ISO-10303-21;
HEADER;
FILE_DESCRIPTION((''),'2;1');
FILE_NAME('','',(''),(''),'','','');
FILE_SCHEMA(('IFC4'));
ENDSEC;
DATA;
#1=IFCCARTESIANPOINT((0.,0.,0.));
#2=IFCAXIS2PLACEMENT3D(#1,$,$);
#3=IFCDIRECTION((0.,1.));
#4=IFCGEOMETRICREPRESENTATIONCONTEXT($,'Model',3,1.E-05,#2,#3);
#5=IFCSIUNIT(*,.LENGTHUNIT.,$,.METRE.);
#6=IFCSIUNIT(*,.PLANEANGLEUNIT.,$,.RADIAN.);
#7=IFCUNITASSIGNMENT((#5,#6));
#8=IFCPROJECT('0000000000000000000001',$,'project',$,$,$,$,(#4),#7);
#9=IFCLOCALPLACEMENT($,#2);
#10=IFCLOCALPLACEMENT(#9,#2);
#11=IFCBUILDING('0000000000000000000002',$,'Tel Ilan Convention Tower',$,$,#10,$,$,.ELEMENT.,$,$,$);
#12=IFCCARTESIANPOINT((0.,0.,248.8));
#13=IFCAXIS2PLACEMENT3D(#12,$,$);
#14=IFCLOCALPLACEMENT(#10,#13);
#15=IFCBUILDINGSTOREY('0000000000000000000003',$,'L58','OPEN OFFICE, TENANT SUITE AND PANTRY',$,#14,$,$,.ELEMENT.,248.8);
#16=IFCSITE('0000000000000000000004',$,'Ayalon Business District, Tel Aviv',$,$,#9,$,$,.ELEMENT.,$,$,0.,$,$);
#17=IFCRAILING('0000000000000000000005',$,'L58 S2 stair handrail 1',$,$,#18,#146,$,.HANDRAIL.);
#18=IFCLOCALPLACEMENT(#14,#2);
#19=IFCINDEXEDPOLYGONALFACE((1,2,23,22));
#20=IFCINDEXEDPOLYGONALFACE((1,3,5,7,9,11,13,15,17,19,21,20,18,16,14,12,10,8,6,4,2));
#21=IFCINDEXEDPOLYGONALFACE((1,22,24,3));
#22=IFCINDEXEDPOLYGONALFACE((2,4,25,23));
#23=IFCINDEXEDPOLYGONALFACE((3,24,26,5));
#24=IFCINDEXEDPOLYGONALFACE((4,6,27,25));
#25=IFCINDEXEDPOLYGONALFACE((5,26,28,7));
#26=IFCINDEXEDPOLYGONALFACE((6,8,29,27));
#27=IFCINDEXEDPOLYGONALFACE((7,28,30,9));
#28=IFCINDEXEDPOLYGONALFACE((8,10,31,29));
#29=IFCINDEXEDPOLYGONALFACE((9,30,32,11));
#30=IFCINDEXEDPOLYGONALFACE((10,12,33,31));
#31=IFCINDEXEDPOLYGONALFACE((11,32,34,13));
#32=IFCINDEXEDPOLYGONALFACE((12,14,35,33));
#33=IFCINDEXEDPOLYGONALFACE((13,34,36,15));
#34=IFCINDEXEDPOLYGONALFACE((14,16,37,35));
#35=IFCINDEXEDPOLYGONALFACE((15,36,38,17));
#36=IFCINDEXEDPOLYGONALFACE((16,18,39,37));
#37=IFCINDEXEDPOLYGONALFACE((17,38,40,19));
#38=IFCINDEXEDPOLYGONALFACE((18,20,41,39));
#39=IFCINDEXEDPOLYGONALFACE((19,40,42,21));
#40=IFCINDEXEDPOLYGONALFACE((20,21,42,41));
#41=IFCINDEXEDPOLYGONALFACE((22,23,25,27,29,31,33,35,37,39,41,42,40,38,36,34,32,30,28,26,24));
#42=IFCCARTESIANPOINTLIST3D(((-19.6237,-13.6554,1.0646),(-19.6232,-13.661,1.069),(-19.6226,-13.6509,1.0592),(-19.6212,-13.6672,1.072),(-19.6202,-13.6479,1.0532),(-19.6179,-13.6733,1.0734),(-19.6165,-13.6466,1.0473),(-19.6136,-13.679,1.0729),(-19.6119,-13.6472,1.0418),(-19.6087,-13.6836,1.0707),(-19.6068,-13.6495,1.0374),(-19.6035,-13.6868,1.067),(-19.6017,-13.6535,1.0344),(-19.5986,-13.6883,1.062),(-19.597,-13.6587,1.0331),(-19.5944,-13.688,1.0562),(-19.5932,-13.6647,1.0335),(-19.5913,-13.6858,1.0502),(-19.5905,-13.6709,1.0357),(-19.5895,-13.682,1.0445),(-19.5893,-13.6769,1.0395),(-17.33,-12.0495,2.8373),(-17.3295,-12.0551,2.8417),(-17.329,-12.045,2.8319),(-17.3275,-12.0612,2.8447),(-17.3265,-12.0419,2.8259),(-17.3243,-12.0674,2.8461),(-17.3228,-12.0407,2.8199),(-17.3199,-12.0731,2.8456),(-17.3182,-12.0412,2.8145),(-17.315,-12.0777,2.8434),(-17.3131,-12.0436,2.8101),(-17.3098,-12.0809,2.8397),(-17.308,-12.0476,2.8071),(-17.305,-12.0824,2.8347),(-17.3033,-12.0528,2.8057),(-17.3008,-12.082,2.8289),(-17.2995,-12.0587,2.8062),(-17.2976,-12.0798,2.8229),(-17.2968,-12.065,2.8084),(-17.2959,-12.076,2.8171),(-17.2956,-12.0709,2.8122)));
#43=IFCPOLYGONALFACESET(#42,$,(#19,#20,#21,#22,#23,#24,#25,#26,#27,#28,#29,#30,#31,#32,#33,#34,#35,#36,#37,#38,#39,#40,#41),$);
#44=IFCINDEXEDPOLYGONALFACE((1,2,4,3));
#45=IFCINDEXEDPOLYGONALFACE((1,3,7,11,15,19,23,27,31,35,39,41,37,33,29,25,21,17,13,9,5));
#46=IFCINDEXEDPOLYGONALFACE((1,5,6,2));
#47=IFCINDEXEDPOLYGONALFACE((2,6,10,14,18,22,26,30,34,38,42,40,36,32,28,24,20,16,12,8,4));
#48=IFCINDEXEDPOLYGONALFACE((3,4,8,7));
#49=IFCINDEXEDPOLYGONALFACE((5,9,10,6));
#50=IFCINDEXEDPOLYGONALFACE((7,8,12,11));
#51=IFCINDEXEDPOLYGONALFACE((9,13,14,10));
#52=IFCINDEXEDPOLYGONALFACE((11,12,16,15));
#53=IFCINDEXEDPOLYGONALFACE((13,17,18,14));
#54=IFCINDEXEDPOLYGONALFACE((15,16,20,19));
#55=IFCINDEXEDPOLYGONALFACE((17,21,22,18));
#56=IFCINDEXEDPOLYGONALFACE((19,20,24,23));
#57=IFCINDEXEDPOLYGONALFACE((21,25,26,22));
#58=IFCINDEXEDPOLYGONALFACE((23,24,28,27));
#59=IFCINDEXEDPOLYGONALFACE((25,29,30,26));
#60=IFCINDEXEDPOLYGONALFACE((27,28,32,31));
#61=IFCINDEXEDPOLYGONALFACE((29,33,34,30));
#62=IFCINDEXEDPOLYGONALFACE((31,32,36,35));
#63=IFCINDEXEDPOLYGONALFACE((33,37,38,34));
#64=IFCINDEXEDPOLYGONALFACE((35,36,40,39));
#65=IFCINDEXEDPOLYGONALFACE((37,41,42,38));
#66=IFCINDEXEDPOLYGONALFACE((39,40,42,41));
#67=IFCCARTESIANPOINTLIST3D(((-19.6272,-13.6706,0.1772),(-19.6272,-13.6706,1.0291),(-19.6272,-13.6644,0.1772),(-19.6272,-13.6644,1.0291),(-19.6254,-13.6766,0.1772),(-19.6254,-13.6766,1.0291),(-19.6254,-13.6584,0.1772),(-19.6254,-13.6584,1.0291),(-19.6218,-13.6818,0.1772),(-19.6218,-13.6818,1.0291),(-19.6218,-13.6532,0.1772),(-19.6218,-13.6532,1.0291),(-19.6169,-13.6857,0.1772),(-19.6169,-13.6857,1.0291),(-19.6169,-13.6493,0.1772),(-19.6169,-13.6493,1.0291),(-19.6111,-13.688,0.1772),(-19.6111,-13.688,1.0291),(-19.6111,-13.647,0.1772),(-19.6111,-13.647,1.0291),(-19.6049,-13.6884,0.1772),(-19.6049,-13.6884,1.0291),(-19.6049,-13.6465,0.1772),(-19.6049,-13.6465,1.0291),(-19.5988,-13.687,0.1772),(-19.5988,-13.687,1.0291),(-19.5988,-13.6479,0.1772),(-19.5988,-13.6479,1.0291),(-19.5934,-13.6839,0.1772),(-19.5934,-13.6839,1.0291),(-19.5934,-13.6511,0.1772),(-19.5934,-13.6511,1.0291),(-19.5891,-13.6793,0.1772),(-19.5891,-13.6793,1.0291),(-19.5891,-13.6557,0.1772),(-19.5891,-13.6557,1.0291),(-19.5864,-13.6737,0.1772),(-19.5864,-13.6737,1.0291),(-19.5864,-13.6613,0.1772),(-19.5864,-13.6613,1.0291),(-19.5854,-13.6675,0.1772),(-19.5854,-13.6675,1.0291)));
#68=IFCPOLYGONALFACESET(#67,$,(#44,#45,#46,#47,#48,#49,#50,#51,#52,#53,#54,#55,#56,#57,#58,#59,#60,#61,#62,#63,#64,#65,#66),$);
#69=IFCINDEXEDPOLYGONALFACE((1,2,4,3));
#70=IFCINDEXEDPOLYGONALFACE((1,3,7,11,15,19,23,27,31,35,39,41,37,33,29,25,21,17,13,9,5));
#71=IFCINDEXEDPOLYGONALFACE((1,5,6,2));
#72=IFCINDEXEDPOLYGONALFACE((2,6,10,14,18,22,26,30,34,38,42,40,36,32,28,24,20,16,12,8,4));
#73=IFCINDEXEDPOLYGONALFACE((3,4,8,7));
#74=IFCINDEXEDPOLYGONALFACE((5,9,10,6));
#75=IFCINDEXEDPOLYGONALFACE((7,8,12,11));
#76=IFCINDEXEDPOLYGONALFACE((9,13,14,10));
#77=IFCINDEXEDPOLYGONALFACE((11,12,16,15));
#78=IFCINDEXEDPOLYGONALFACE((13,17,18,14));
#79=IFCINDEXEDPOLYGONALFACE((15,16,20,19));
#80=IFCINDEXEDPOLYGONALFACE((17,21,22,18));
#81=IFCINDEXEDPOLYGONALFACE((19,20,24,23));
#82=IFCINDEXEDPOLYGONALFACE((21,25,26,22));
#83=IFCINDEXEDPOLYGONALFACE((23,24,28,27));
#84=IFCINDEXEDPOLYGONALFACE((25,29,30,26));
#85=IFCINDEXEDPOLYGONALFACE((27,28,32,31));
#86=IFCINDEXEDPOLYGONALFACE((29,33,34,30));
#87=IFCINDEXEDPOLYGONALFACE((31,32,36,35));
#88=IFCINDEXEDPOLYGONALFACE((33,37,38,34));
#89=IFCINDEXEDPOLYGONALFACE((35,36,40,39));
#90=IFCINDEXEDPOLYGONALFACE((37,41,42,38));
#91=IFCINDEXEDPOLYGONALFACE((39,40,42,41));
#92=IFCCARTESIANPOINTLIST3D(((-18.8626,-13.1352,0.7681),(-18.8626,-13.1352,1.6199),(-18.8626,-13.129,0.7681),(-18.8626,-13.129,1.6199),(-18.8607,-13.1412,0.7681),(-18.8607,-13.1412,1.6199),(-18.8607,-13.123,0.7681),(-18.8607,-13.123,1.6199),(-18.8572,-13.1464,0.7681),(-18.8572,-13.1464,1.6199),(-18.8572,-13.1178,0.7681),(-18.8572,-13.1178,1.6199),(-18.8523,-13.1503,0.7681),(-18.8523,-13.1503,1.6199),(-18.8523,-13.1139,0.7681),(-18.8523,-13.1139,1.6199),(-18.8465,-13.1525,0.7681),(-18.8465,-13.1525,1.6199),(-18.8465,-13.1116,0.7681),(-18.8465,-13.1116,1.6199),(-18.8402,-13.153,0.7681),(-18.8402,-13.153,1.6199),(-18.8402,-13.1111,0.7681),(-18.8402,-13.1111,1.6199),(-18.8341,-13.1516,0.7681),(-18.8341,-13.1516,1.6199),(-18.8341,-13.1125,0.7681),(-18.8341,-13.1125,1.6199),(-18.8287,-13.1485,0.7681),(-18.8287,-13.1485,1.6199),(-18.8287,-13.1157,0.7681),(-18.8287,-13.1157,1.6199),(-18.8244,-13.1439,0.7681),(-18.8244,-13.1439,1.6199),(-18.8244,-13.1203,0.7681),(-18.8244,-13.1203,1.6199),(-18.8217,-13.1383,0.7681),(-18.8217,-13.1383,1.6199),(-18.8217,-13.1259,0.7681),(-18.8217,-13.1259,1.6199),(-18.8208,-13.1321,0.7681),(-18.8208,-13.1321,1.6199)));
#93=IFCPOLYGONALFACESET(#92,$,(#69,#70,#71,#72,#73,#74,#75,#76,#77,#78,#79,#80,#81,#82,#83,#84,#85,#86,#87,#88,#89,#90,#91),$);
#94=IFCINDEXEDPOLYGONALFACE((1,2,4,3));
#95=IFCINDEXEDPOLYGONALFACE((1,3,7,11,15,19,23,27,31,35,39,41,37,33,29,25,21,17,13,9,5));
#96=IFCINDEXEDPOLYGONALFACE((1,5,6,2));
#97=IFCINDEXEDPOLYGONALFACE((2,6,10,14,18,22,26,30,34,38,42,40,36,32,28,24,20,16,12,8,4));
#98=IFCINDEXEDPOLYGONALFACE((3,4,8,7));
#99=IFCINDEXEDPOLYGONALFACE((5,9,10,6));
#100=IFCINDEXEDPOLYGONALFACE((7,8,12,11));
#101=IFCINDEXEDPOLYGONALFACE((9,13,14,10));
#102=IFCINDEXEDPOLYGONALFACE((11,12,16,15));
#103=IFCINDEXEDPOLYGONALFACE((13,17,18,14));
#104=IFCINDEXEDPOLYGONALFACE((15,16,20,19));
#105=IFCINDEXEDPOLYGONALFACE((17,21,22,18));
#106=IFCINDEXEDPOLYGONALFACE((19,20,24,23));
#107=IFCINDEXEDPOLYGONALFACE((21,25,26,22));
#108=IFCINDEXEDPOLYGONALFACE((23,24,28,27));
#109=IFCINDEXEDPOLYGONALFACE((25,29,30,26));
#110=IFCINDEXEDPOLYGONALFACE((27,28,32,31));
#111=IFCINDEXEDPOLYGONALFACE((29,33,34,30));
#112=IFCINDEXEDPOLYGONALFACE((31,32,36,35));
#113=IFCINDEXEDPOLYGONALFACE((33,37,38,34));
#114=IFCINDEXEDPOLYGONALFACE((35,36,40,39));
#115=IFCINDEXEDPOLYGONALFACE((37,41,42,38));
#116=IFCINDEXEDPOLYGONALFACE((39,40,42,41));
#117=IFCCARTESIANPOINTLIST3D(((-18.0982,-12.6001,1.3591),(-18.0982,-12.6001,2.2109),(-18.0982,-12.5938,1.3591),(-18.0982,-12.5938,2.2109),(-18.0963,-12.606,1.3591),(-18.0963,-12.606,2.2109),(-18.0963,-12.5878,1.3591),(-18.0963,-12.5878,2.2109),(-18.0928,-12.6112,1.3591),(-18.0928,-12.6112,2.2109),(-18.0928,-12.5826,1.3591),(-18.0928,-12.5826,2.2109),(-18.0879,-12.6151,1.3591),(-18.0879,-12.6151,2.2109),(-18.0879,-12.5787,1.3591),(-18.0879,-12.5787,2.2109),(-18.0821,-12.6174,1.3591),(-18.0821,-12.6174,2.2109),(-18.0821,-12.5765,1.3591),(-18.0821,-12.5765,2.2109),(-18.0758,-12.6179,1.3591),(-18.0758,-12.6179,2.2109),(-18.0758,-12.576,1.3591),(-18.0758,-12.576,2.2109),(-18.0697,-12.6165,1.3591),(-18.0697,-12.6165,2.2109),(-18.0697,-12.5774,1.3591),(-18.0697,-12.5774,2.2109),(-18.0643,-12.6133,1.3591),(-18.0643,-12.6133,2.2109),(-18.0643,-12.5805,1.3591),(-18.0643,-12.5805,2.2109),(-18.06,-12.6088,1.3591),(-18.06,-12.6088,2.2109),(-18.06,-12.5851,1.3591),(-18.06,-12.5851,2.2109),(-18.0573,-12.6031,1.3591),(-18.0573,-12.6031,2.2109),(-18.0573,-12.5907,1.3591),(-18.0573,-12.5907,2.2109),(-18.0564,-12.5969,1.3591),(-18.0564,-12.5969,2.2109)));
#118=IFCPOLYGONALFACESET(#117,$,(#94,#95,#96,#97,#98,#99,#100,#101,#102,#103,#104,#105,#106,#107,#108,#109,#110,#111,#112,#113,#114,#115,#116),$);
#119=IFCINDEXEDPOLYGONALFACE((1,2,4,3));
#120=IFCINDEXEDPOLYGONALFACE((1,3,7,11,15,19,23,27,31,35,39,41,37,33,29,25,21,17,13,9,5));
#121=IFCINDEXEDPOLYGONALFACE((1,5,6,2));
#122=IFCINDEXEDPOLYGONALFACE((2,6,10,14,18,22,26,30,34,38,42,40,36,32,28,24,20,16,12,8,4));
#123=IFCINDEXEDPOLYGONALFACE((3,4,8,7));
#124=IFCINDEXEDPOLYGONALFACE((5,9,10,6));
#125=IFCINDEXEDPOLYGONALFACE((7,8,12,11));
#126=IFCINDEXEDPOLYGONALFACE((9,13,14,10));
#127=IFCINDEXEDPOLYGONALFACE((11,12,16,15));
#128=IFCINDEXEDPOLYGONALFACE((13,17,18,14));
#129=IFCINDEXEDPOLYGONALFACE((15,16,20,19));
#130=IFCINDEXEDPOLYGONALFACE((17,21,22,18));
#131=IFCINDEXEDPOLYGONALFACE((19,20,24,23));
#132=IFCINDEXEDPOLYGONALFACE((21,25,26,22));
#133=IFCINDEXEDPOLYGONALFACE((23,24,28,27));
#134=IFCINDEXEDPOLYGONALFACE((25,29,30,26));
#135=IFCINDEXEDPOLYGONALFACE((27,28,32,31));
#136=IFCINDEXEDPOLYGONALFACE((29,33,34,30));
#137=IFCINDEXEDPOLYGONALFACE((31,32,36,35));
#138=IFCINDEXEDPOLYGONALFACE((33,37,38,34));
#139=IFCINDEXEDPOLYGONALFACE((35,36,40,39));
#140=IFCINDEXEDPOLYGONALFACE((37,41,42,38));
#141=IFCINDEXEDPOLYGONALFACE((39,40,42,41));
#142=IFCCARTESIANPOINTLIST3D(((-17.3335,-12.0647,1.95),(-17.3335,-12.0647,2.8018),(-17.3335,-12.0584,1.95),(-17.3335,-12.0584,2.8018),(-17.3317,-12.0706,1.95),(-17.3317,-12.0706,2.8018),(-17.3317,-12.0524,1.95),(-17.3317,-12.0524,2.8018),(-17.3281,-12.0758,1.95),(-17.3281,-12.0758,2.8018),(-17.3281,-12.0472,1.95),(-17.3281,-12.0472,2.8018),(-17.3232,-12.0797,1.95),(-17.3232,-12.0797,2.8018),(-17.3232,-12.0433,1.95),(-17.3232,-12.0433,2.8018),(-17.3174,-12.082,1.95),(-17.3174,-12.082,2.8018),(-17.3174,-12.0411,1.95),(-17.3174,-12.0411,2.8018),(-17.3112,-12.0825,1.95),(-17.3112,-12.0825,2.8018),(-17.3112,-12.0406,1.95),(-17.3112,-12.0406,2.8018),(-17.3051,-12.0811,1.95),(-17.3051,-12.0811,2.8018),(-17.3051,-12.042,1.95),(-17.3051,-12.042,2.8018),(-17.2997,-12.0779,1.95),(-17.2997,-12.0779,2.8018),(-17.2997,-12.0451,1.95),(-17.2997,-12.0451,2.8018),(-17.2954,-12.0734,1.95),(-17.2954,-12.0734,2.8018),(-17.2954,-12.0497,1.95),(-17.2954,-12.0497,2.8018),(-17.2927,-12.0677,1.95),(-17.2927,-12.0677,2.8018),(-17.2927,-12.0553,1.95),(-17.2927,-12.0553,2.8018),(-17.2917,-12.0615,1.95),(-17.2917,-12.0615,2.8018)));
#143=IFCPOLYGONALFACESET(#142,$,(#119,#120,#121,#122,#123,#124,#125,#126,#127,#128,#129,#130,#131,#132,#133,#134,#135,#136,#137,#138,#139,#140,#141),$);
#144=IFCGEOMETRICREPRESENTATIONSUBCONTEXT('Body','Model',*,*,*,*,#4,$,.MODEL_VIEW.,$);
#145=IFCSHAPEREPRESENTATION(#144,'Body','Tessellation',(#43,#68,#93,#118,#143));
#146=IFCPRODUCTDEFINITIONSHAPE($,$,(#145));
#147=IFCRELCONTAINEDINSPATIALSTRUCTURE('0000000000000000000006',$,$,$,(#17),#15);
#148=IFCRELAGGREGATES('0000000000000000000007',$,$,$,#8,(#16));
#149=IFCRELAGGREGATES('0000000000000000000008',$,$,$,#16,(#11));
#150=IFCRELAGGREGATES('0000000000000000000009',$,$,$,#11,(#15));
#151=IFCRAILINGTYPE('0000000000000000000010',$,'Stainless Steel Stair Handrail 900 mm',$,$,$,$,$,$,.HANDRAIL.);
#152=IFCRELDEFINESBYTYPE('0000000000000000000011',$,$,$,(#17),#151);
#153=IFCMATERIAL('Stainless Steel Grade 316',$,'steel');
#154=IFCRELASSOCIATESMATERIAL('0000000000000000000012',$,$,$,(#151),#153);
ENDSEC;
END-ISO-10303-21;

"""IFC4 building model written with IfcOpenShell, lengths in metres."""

from ifc_helpers import new_model, si_unit, direction, frame, origin, origin_2d, place, context, subcontext, project, spatial, circle, extrude, material, type_object, element, save


model = new_model("IFC4")

# Units and contexts
model_context = context("Model", 3, precision=1e-05, world=origin(), true_north=direction((0.0, 1.0)))
body_context = subcontext(model_context, "Body", "Model", "MODEL_VIEW")
ifc_project = project(units=[si_unit("LENGTHUNIT", "METRE"), si_unit("PLANEANGLEUNIT", "RADIAN")], contexts=[model_context])

# Site, building, storey
site_placement = place(None, origin())
site = spatial("IfcSite", under=ifc_project, at=site_placement, Name="Ayalon Business District, Tel Aviv", CompositionType="ELEMENT", RefElevation=0.0)
building_placement = place(site_placement, origin())
building = spatial("IfcBuilding", under=site, at=building_placement, Name="Tel Ilan Convention Tower", CompositionType="ELEMENT")
storey_placement = place(building_placement, frame((0.0, 0.0, 248.8)))
storey = spatial("IfcBuildingStorey", under=building, at=storey_placement, Name="L58", Description="OPEN OFFICE, TENANT SUITE AND PANTRY", CompositionType="ELEMENT", Elevation=248.8)

# Railing
ifc_material_1 = material(Name="Stainless Steel Grade 316", Category="steel")
railing_type = type_object("IfcRailingType", Name="Stainless Steel Stair Handrail 900 mm", PredefinedType="HANDRAIL", material=ifc_material_1)
railing_placement = place(storey_placement, frame((-19.6064, -13.6675, 0.1772)))
element("IfcRailing", 1, at=railing_placement, inside=storey, type_object=railing_type, Name="L58 S2 stair handrail 1", PredefinedType="HANDRAIL", context=body_context, shape_type="SweptSolid", body=[
    extrude(circle(Radius=0.0239, at=origin_2d()), frame((0.0, 0.0, 0.876), z_axis=(0.692123, 0.484597, 0.534913), x_axis=(-0.57355, 0.81917, 0.0)), (0.0, 0.0, 1.0), 3.314),
    extrude(circle(Radius=0.021, at=origin_2d()), origin(), (0.0, 0.0, 1.0), 0.8518),
    extrude(circle(Radius=0.021, at=origin_2d()), frame((0.7646, 0.5354, 0.5908)), (0.0, 0.0, 1.0), 0.8518),
    extrude(circle(Radius=0.021, at=origin_2d()), frame((1.5291, 1.0706, 1.1819)), (0.0, 0.0, 1.0), 0.8518),
    extrude(circle(Radius=0.021, at=origin_2d()), frame((2.2937, 1.606, 1.7727)), (0.0, 0.0, 1.0), 0.8518),
])

save(model, "model.ifc")
